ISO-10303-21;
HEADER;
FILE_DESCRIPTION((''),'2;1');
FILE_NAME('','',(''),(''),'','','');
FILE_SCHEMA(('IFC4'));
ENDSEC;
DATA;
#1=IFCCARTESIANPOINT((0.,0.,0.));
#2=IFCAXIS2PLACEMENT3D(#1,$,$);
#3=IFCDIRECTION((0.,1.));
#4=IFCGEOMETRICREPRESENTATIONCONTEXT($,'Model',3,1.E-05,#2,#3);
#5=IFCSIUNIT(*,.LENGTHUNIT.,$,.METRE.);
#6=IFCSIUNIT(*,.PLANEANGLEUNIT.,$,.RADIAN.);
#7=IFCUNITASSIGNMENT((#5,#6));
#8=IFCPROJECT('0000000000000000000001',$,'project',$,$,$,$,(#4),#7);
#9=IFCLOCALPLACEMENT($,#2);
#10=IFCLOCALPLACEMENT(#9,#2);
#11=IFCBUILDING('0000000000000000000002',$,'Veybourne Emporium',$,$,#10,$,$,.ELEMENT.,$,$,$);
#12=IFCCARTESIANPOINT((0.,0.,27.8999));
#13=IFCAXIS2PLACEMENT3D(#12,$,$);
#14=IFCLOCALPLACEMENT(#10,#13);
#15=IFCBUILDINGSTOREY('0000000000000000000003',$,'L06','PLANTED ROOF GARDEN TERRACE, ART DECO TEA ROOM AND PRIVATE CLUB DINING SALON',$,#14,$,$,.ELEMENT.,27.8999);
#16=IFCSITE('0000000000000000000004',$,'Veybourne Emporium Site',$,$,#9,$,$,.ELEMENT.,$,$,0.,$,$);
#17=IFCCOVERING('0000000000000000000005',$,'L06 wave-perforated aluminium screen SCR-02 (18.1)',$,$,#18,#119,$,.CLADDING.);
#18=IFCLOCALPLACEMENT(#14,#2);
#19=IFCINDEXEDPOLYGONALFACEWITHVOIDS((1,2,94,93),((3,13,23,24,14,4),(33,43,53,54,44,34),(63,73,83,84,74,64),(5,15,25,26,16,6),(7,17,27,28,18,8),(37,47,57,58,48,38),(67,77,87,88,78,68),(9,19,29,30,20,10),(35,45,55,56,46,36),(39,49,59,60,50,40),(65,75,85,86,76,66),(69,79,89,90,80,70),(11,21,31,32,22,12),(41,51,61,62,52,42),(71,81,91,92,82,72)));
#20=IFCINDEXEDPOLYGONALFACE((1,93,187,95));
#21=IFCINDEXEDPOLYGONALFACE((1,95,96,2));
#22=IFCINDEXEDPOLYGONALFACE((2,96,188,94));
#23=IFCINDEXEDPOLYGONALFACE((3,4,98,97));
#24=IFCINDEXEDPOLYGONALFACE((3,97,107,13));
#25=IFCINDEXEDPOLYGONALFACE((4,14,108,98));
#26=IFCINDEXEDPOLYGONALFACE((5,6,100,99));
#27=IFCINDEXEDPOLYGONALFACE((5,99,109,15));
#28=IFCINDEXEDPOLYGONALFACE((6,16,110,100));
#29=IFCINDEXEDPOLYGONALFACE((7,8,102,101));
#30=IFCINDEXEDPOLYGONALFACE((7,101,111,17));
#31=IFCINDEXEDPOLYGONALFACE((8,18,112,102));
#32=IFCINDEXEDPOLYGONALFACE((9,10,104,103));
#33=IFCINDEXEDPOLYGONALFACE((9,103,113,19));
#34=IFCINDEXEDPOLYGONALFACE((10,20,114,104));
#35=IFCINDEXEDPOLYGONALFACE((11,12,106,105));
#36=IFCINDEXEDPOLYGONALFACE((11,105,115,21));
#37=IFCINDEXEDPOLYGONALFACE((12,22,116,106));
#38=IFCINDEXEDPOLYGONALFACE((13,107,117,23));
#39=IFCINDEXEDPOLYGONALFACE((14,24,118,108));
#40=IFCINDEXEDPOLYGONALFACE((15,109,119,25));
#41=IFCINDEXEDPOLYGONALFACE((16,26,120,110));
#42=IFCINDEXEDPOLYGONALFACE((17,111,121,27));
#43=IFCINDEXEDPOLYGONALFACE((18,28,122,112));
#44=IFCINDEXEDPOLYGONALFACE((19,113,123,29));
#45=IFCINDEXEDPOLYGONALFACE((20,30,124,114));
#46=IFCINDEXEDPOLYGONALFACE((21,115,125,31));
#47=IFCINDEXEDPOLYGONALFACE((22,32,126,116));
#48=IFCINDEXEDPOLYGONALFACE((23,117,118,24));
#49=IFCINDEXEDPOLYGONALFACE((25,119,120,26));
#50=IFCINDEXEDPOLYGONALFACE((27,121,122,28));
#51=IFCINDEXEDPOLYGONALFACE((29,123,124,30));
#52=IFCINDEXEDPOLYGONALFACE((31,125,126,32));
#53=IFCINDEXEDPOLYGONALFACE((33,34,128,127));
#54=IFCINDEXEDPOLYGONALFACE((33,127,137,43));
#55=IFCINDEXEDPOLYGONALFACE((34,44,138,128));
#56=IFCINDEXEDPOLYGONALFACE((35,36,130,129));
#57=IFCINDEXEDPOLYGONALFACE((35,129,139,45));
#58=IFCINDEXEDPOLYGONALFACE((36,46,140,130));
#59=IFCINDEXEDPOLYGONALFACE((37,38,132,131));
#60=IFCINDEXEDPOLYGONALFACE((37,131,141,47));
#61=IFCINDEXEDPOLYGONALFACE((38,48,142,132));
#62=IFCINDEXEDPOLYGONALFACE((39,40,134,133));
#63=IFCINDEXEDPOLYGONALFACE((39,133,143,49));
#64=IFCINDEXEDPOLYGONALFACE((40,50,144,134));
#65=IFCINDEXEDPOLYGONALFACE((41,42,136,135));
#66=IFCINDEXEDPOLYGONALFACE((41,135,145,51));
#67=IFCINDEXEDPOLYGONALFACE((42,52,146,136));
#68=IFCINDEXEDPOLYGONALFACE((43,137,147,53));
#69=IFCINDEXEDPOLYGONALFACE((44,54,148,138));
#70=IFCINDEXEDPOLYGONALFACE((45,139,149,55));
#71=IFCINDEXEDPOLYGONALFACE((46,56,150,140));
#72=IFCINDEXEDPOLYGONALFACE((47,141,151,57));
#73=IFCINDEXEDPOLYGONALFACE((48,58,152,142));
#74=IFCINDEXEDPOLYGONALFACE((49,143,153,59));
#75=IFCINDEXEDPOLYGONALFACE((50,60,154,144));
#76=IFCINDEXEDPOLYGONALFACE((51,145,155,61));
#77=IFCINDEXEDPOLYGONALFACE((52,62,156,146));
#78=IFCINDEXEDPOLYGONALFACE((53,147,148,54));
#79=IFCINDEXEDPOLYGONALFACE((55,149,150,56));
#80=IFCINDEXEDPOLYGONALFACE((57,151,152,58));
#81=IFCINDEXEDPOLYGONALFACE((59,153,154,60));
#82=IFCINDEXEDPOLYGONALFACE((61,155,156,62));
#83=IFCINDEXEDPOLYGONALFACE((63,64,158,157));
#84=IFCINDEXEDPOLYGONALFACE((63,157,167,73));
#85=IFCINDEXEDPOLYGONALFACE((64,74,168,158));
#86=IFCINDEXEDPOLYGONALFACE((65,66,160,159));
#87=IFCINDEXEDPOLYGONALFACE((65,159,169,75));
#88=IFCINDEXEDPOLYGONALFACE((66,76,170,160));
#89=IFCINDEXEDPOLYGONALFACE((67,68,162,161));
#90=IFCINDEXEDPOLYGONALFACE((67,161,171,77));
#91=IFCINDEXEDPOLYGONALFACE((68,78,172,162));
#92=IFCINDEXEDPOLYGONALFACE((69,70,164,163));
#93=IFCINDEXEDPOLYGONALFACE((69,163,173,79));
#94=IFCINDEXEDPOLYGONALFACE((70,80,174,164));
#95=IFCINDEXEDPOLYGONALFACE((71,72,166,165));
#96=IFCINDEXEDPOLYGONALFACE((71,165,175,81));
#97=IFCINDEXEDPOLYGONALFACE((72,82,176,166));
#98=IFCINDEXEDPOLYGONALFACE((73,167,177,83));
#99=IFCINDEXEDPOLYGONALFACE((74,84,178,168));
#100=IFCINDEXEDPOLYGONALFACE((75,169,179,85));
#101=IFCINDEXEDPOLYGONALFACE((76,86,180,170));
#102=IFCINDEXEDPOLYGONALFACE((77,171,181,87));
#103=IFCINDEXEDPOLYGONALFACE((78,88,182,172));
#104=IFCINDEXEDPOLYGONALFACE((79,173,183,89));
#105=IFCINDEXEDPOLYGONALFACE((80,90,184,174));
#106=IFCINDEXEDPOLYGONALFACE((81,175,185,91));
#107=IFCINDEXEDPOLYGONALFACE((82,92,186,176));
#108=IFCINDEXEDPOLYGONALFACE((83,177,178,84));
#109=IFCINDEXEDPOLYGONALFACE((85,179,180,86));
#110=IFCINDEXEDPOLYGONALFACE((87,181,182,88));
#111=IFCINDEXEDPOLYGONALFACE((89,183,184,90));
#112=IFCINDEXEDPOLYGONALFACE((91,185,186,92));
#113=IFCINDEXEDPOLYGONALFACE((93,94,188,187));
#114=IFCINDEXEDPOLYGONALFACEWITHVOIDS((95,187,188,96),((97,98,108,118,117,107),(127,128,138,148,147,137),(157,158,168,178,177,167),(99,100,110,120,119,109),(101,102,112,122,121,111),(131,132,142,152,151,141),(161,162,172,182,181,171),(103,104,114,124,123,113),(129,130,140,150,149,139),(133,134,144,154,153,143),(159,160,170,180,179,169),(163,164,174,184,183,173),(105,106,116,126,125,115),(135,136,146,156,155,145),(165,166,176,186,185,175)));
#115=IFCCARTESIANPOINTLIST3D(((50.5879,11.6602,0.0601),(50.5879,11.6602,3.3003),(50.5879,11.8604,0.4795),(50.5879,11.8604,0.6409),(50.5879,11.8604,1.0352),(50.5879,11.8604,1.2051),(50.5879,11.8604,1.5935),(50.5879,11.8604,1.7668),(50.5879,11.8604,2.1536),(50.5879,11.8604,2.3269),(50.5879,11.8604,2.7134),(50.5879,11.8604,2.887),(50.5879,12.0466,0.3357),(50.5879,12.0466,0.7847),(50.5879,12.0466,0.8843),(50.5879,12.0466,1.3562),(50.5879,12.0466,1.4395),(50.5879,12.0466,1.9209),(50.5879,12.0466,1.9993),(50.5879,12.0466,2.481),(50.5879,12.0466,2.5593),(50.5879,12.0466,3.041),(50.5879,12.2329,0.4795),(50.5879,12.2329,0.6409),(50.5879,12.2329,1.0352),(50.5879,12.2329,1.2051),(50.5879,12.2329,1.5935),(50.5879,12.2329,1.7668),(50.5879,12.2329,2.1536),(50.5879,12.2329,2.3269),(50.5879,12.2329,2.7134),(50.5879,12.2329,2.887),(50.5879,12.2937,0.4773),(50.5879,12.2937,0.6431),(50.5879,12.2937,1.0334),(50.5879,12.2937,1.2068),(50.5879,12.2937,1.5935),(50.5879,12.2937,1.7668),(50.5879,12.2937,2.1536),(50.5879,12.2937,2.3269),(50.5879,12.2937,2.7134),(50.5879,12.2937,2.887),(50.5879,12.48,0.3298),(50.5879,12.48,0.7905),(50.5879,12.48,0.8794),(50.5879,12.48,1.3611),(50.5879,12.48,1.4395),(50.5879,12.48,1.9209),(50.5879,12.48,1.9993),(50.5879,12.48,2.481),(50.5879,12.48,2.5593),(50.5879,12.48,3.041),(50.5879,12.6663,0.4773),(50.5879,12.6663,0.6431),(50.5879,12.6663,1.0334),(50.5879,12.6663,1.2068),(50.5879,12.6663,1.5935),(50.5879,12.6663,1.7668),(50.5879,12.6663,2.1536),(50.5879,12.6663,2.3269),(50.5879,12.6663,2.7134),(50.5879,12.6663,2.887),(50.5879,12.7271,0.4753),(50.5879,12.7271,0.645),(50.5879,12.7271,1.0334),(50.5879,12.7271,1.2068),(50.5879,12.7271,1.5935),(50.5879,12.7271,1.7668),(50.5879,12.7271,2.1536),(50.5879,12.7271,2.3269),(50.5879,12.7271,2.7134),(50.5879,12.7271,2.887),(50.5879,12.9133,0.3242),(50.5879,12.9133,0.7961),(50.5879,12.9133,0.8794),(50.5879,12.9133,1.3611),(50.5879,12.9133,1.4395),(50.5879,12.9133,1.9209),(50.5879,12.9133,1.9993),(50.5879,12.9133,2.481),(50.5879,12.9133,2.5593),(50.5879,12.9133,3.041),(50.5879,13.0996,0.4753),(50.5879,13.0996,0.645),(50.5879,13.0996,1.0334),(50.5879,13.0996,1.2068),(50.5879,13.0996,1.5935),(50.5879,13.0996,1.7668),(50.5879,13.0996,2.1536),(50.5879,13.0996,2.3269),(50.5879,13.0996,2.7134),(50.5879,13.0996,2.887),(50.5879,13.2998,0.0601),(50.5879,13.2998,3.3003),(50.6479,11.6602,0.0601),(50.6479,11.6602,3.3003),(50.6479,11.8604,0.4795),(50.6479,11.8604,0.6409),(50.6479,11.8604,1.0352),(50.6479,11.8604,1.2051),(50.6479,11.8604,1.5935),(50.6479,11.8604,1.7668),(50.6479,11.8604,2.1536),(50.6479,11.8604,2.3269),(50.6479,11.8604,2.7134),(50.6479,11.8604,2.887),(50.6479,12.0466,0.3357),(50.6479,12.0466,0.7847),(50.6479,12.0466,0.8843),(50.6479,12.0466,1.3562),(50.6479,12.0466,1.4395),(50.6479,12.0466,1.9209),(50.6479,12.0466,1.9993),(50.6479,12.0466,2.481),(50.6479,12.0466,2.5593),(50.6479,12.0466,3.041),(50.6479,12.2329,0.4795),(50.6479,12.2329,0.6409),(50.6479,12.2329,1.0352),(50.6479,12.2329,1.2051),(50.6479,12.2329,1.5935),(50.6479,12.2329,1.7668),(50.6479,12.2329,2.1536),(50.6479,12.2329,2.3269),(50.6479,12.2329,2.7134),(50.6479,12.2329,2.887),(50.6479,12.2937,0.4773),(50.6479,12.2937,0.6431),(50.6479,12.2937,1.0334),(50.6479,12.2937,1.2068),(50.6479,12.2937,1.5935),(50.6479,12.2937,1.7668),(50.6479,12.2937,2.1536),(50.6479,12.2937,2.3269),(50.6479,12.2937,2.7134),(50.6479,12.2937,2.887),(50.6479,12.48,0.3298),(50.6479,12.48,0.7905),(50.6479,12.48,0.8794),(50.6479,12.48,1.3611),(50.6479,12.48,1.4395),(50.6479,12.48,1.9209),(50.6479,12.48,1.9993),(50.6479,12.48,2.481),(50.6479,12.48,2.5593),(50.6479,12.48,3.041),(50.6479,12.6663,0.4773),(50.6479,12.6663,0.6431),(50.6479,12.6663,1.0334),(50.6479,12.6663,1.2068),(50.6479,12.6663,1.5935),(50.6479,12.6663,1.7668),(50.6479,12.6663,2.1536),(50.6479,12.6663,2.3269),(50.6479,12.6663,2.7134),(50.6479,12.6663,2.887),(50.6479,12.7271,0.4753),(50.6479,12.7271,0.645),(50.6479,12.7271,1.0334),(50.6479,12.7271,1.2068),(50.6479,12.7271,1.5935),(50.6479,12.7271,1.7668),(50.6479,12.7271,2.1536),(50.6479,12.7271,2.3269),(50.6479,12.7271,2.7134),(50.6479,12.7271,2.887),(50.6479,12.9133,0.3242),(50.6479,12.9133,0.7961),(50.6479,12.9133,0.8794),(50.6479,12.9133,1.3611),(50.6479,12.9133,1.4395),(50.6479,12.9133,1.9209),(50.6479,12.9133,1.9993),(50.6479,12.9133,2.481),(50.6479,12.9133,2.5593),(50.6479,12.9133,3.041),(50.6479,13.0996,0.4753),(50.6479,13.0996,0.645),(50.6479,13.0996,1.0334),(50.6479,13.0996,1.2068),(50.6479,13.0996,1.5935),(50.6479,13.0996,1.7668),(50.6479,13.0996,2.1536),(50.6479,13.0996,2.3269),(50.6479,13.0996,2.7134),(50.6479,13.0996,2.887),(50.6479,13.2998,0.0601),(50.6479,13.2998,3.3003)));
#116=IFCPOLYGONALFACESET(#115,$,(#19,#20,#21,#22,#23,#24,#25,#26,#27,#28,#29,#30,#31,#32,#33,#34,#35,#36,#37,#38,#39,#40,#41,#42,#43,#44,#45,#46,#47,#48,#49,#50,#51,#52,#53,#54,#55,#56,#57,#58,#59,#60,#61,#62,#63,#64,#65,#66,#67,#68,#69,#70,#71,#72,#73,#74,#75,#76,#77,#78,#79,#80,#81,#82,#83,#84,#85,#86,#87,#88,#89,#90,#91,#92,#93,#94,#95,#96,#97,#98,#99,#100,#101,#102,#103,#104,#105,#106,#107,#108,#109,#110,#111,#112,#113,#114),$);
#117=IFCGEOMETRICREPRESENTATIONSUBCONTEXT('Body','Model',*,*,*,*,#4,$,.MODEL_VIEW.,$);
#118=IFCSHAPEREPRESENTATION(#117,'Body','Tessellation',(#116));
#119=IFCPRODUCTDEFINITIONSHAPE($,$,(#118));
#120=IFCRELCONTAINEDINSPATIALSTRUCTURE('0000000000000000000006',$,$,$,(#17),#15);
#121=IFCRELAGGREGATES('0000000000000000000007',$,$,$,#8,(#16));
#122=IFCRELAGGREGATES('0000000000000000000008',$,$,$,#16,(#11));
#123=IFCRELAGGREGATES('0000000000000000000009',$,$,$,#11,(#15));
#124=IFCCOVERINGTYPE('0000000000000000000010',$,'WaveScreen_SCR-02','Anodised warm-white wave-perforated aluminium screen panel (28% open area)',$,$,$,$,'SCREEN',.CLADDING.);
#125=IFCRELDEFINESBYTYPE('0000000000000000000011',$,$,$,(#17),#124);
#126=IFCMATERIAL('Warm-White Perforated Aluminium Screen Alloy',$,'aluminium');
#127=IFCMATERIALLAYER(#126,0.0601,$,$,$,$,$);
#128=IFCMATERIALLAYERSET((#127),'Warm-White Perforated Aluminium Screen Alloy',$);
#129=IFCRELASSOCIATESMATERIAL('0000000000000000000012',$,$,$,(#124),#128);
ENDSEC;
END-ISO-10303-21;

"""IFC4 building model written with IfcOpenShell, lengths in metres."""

from ifc_helpers import new_model, si_unit, direction, frame, origin, place, context, subcontext, project, spatial, polyline, outline, extrude, material, layer, layer_set, type_object, element, save


model = new_model("IFC4")

# Units and contexts
model_context = context("Model", 3, precision=1e-05, world=origin(), true_north=direction((0.0, 1.0)))
body_context = subcontext(model_context, "Body", "Model", "MODEL_VIEW")
ifc_project = project(units=[si_unit("LENGTHUNIT", "METRE"), si_unit("PLANEANGLEUNIT", "RADIAN")], contexts=[model_context])

# Site, building, storey
site_placement = place(None, origin())
site = spatial("IfcSite", under=ifc_project, at=site_placement, Name="Veybourne Emporium Site", CompositionType="ELEMENT", RefElevation=0.0)
building_placement = place(site_placement, origin())
building = spatial("IfcBuilding", under=site, at=building_placement, Name="Veybourne Emporium", CompositionType="ELEMENT")
storey_placement = place(building_placement, frame((0.0, 0.0, 27.8999)))
storey = spatial("IfcBuildingStorey", under=building, at=storey_placement, Name="L06", Description="PLANTED ROOF GARDEN TERRACE, ART DECO TEA ROOM AND PRIVATE CLUB DINING SALON", CompositionType="ELEMENT", Elevation=27.8999)

# Covering
ifc_material_1 = material(Name="Warm-White Perforated Aluminium Screen Alloy", Category="aluminium")
ifc_layer_1 = layer(ifc_material_1, 0.0601)
ifc_layer_set_1 = layer_set([ifc_layer_1], Name="Warm-White Perforated Aluminium Screen Alloy")
covering_type_1 = type_object("IfcCoveringType", Name="WaveScreen_SCR-02", Description="Anodised warm-white wave-perforated aluminium screen panel (28% open area)", ElementType="SCREEN", PredefinedType="CLADDING", material=ifc_layer_set_1)
covering_1_placement = place(storey_placement, frame((50.6479, 12.48, 1.6802), z_axis=(-1.0, 0.0, 0.0), x_axis=(0.0, -1.0, 0.0)))
element("IfcCovering", 1, at=covering_1_placement, inside=storey, type_object=covering_type_1, Name="L06 wave-perforated aluminium screen SCR-02 (18.1)", PredefinedType="CLADDING", context=body_context, shape_type="SweptSolid", body=[
    extrude(outline(polyline([(-0.8198, -1.6201), (0.8198, -1.6201), (0.8198, 1.6201), (-0.8198, 1.6201), (-0.8198, -1.6201)]), holes=[polyline([(-0.4333, -0.884), (-0.2471, -1.0352), (-0.2471, -1.2048), (-0.4333, -1.356), (-0.6196, -1.2048), (-0.6196, -1.0352), (-0.4333, -0.884)]), polyline([(-0.4333, -0.3191), (-0.2471, -0.4734), (-0.2471, -0.6467), (-0.4333, -0.8008), (-0.6196, -0.6467), (-0.6196, -0.4734), (-0.4333, -0.3191)]), polyline([(-0.4333, 0.2407), (-0.2471, 0.0867), (-0.2471, -0.0867), (-0.4333, -0.2407), (-0.6196, -0.0867), (-0.6196, 0.0867), (-0.4333, 0.2407)]), polyline([(-0.4333, 0.8008), (-0.2471, 0.6467), (-0.2471, 0.4734), (-0.4333, 0.3191), (-0.6196, 0.4734), (-0.6196, 0.6467), (-0.4333, 0.8008)]), polyline([(-0.4333, 1.3608), (-0.2471, 1.2068), (-0.2471, 1.0332), (-0.4333, 0.8792), (-0.6196, 1.0332), (-0.6196, 1.2068), (-0.4333, 1.3608)]), polyline([(0.0, -0.8896), (0.1863, -1.0371), (0.1863, -1.2029), (0.0, -1.3503), (-0.1863, -1.2029), (-0.1863, -1.0371), (0.0, -0.8896)]), polyline([(0.0, -0.3191), (0.1863, -0.4734), (0.1863, -0.6467), (0.0, -0.8008), (-0.1863, -0.6467), (-0.1863, -0.4734), (0.0, -0.3191)]), polyline([(0.0, 0.2407), (0.1863, 0.0867), (0.1863, -0.0867), (0.0, -0.2407), (-0.1863, -0.0867), (-0.1863, 0.0867), (0.0, 0.2407)]), polyline([(0.0, 0.8008), (0.1863, 0.6467), (0.1863, 0.4734), (0.0, 0.3191), (-0.1863, 0.4734), (-0.1863, 0.6467), (0.0, 0.8008)]), polyline([(0.0, 1.3608), (0.1863, 1.2068), (0.1863, 1.0332), (0.0, 0.8792), (-0.1863, 1.0332), (-0.1863, 1.2068), (0.0, 1.3608)]), polyline([(0.4333, -0.8955), (0.6196, -1.0393), (0.6196, -1.2007), (0.4333, -1.3445), (0.2471, -1.2007), (0.2471, -1.0393), (0.4333, -0.8955)]), polyline([(0.4333, -0.324), (0.6196, -0.4751), (0.6196, -0.645), (0.4333, -0.7959), (0.2471, -0.645), (0.2471, -0.4751), (0.4333, -0.324)]), polyline([(0.4333, 0.2407), (0.6196, 0.0867), (0.6196, -0.0867), (0.4333, -0.2407), (0.2471, -0.0867), (0.2471, 0.0867), (0.4333, 0.2407)]), polyline([(0.4333, 0.8008), (0.6196, 0.6467), (0.6196, 0.4734), (0.4333, 0.3191), (0.2471, 0.4734), (0.2471, 0.6467), (0.4333, 0.8008)]), polyline([(0.4333, 1.3608), (0.6196, 1.2068), (0.6196, 1.0332), (0.4333, 0.8792), (0.2471, 1.0332), (0.2471, 1.2068), (0.4333, 1.3608)])]), origin(), (0.0, 0.0, 1.0), 0.0601),
])

save(model, "model.ifc")
